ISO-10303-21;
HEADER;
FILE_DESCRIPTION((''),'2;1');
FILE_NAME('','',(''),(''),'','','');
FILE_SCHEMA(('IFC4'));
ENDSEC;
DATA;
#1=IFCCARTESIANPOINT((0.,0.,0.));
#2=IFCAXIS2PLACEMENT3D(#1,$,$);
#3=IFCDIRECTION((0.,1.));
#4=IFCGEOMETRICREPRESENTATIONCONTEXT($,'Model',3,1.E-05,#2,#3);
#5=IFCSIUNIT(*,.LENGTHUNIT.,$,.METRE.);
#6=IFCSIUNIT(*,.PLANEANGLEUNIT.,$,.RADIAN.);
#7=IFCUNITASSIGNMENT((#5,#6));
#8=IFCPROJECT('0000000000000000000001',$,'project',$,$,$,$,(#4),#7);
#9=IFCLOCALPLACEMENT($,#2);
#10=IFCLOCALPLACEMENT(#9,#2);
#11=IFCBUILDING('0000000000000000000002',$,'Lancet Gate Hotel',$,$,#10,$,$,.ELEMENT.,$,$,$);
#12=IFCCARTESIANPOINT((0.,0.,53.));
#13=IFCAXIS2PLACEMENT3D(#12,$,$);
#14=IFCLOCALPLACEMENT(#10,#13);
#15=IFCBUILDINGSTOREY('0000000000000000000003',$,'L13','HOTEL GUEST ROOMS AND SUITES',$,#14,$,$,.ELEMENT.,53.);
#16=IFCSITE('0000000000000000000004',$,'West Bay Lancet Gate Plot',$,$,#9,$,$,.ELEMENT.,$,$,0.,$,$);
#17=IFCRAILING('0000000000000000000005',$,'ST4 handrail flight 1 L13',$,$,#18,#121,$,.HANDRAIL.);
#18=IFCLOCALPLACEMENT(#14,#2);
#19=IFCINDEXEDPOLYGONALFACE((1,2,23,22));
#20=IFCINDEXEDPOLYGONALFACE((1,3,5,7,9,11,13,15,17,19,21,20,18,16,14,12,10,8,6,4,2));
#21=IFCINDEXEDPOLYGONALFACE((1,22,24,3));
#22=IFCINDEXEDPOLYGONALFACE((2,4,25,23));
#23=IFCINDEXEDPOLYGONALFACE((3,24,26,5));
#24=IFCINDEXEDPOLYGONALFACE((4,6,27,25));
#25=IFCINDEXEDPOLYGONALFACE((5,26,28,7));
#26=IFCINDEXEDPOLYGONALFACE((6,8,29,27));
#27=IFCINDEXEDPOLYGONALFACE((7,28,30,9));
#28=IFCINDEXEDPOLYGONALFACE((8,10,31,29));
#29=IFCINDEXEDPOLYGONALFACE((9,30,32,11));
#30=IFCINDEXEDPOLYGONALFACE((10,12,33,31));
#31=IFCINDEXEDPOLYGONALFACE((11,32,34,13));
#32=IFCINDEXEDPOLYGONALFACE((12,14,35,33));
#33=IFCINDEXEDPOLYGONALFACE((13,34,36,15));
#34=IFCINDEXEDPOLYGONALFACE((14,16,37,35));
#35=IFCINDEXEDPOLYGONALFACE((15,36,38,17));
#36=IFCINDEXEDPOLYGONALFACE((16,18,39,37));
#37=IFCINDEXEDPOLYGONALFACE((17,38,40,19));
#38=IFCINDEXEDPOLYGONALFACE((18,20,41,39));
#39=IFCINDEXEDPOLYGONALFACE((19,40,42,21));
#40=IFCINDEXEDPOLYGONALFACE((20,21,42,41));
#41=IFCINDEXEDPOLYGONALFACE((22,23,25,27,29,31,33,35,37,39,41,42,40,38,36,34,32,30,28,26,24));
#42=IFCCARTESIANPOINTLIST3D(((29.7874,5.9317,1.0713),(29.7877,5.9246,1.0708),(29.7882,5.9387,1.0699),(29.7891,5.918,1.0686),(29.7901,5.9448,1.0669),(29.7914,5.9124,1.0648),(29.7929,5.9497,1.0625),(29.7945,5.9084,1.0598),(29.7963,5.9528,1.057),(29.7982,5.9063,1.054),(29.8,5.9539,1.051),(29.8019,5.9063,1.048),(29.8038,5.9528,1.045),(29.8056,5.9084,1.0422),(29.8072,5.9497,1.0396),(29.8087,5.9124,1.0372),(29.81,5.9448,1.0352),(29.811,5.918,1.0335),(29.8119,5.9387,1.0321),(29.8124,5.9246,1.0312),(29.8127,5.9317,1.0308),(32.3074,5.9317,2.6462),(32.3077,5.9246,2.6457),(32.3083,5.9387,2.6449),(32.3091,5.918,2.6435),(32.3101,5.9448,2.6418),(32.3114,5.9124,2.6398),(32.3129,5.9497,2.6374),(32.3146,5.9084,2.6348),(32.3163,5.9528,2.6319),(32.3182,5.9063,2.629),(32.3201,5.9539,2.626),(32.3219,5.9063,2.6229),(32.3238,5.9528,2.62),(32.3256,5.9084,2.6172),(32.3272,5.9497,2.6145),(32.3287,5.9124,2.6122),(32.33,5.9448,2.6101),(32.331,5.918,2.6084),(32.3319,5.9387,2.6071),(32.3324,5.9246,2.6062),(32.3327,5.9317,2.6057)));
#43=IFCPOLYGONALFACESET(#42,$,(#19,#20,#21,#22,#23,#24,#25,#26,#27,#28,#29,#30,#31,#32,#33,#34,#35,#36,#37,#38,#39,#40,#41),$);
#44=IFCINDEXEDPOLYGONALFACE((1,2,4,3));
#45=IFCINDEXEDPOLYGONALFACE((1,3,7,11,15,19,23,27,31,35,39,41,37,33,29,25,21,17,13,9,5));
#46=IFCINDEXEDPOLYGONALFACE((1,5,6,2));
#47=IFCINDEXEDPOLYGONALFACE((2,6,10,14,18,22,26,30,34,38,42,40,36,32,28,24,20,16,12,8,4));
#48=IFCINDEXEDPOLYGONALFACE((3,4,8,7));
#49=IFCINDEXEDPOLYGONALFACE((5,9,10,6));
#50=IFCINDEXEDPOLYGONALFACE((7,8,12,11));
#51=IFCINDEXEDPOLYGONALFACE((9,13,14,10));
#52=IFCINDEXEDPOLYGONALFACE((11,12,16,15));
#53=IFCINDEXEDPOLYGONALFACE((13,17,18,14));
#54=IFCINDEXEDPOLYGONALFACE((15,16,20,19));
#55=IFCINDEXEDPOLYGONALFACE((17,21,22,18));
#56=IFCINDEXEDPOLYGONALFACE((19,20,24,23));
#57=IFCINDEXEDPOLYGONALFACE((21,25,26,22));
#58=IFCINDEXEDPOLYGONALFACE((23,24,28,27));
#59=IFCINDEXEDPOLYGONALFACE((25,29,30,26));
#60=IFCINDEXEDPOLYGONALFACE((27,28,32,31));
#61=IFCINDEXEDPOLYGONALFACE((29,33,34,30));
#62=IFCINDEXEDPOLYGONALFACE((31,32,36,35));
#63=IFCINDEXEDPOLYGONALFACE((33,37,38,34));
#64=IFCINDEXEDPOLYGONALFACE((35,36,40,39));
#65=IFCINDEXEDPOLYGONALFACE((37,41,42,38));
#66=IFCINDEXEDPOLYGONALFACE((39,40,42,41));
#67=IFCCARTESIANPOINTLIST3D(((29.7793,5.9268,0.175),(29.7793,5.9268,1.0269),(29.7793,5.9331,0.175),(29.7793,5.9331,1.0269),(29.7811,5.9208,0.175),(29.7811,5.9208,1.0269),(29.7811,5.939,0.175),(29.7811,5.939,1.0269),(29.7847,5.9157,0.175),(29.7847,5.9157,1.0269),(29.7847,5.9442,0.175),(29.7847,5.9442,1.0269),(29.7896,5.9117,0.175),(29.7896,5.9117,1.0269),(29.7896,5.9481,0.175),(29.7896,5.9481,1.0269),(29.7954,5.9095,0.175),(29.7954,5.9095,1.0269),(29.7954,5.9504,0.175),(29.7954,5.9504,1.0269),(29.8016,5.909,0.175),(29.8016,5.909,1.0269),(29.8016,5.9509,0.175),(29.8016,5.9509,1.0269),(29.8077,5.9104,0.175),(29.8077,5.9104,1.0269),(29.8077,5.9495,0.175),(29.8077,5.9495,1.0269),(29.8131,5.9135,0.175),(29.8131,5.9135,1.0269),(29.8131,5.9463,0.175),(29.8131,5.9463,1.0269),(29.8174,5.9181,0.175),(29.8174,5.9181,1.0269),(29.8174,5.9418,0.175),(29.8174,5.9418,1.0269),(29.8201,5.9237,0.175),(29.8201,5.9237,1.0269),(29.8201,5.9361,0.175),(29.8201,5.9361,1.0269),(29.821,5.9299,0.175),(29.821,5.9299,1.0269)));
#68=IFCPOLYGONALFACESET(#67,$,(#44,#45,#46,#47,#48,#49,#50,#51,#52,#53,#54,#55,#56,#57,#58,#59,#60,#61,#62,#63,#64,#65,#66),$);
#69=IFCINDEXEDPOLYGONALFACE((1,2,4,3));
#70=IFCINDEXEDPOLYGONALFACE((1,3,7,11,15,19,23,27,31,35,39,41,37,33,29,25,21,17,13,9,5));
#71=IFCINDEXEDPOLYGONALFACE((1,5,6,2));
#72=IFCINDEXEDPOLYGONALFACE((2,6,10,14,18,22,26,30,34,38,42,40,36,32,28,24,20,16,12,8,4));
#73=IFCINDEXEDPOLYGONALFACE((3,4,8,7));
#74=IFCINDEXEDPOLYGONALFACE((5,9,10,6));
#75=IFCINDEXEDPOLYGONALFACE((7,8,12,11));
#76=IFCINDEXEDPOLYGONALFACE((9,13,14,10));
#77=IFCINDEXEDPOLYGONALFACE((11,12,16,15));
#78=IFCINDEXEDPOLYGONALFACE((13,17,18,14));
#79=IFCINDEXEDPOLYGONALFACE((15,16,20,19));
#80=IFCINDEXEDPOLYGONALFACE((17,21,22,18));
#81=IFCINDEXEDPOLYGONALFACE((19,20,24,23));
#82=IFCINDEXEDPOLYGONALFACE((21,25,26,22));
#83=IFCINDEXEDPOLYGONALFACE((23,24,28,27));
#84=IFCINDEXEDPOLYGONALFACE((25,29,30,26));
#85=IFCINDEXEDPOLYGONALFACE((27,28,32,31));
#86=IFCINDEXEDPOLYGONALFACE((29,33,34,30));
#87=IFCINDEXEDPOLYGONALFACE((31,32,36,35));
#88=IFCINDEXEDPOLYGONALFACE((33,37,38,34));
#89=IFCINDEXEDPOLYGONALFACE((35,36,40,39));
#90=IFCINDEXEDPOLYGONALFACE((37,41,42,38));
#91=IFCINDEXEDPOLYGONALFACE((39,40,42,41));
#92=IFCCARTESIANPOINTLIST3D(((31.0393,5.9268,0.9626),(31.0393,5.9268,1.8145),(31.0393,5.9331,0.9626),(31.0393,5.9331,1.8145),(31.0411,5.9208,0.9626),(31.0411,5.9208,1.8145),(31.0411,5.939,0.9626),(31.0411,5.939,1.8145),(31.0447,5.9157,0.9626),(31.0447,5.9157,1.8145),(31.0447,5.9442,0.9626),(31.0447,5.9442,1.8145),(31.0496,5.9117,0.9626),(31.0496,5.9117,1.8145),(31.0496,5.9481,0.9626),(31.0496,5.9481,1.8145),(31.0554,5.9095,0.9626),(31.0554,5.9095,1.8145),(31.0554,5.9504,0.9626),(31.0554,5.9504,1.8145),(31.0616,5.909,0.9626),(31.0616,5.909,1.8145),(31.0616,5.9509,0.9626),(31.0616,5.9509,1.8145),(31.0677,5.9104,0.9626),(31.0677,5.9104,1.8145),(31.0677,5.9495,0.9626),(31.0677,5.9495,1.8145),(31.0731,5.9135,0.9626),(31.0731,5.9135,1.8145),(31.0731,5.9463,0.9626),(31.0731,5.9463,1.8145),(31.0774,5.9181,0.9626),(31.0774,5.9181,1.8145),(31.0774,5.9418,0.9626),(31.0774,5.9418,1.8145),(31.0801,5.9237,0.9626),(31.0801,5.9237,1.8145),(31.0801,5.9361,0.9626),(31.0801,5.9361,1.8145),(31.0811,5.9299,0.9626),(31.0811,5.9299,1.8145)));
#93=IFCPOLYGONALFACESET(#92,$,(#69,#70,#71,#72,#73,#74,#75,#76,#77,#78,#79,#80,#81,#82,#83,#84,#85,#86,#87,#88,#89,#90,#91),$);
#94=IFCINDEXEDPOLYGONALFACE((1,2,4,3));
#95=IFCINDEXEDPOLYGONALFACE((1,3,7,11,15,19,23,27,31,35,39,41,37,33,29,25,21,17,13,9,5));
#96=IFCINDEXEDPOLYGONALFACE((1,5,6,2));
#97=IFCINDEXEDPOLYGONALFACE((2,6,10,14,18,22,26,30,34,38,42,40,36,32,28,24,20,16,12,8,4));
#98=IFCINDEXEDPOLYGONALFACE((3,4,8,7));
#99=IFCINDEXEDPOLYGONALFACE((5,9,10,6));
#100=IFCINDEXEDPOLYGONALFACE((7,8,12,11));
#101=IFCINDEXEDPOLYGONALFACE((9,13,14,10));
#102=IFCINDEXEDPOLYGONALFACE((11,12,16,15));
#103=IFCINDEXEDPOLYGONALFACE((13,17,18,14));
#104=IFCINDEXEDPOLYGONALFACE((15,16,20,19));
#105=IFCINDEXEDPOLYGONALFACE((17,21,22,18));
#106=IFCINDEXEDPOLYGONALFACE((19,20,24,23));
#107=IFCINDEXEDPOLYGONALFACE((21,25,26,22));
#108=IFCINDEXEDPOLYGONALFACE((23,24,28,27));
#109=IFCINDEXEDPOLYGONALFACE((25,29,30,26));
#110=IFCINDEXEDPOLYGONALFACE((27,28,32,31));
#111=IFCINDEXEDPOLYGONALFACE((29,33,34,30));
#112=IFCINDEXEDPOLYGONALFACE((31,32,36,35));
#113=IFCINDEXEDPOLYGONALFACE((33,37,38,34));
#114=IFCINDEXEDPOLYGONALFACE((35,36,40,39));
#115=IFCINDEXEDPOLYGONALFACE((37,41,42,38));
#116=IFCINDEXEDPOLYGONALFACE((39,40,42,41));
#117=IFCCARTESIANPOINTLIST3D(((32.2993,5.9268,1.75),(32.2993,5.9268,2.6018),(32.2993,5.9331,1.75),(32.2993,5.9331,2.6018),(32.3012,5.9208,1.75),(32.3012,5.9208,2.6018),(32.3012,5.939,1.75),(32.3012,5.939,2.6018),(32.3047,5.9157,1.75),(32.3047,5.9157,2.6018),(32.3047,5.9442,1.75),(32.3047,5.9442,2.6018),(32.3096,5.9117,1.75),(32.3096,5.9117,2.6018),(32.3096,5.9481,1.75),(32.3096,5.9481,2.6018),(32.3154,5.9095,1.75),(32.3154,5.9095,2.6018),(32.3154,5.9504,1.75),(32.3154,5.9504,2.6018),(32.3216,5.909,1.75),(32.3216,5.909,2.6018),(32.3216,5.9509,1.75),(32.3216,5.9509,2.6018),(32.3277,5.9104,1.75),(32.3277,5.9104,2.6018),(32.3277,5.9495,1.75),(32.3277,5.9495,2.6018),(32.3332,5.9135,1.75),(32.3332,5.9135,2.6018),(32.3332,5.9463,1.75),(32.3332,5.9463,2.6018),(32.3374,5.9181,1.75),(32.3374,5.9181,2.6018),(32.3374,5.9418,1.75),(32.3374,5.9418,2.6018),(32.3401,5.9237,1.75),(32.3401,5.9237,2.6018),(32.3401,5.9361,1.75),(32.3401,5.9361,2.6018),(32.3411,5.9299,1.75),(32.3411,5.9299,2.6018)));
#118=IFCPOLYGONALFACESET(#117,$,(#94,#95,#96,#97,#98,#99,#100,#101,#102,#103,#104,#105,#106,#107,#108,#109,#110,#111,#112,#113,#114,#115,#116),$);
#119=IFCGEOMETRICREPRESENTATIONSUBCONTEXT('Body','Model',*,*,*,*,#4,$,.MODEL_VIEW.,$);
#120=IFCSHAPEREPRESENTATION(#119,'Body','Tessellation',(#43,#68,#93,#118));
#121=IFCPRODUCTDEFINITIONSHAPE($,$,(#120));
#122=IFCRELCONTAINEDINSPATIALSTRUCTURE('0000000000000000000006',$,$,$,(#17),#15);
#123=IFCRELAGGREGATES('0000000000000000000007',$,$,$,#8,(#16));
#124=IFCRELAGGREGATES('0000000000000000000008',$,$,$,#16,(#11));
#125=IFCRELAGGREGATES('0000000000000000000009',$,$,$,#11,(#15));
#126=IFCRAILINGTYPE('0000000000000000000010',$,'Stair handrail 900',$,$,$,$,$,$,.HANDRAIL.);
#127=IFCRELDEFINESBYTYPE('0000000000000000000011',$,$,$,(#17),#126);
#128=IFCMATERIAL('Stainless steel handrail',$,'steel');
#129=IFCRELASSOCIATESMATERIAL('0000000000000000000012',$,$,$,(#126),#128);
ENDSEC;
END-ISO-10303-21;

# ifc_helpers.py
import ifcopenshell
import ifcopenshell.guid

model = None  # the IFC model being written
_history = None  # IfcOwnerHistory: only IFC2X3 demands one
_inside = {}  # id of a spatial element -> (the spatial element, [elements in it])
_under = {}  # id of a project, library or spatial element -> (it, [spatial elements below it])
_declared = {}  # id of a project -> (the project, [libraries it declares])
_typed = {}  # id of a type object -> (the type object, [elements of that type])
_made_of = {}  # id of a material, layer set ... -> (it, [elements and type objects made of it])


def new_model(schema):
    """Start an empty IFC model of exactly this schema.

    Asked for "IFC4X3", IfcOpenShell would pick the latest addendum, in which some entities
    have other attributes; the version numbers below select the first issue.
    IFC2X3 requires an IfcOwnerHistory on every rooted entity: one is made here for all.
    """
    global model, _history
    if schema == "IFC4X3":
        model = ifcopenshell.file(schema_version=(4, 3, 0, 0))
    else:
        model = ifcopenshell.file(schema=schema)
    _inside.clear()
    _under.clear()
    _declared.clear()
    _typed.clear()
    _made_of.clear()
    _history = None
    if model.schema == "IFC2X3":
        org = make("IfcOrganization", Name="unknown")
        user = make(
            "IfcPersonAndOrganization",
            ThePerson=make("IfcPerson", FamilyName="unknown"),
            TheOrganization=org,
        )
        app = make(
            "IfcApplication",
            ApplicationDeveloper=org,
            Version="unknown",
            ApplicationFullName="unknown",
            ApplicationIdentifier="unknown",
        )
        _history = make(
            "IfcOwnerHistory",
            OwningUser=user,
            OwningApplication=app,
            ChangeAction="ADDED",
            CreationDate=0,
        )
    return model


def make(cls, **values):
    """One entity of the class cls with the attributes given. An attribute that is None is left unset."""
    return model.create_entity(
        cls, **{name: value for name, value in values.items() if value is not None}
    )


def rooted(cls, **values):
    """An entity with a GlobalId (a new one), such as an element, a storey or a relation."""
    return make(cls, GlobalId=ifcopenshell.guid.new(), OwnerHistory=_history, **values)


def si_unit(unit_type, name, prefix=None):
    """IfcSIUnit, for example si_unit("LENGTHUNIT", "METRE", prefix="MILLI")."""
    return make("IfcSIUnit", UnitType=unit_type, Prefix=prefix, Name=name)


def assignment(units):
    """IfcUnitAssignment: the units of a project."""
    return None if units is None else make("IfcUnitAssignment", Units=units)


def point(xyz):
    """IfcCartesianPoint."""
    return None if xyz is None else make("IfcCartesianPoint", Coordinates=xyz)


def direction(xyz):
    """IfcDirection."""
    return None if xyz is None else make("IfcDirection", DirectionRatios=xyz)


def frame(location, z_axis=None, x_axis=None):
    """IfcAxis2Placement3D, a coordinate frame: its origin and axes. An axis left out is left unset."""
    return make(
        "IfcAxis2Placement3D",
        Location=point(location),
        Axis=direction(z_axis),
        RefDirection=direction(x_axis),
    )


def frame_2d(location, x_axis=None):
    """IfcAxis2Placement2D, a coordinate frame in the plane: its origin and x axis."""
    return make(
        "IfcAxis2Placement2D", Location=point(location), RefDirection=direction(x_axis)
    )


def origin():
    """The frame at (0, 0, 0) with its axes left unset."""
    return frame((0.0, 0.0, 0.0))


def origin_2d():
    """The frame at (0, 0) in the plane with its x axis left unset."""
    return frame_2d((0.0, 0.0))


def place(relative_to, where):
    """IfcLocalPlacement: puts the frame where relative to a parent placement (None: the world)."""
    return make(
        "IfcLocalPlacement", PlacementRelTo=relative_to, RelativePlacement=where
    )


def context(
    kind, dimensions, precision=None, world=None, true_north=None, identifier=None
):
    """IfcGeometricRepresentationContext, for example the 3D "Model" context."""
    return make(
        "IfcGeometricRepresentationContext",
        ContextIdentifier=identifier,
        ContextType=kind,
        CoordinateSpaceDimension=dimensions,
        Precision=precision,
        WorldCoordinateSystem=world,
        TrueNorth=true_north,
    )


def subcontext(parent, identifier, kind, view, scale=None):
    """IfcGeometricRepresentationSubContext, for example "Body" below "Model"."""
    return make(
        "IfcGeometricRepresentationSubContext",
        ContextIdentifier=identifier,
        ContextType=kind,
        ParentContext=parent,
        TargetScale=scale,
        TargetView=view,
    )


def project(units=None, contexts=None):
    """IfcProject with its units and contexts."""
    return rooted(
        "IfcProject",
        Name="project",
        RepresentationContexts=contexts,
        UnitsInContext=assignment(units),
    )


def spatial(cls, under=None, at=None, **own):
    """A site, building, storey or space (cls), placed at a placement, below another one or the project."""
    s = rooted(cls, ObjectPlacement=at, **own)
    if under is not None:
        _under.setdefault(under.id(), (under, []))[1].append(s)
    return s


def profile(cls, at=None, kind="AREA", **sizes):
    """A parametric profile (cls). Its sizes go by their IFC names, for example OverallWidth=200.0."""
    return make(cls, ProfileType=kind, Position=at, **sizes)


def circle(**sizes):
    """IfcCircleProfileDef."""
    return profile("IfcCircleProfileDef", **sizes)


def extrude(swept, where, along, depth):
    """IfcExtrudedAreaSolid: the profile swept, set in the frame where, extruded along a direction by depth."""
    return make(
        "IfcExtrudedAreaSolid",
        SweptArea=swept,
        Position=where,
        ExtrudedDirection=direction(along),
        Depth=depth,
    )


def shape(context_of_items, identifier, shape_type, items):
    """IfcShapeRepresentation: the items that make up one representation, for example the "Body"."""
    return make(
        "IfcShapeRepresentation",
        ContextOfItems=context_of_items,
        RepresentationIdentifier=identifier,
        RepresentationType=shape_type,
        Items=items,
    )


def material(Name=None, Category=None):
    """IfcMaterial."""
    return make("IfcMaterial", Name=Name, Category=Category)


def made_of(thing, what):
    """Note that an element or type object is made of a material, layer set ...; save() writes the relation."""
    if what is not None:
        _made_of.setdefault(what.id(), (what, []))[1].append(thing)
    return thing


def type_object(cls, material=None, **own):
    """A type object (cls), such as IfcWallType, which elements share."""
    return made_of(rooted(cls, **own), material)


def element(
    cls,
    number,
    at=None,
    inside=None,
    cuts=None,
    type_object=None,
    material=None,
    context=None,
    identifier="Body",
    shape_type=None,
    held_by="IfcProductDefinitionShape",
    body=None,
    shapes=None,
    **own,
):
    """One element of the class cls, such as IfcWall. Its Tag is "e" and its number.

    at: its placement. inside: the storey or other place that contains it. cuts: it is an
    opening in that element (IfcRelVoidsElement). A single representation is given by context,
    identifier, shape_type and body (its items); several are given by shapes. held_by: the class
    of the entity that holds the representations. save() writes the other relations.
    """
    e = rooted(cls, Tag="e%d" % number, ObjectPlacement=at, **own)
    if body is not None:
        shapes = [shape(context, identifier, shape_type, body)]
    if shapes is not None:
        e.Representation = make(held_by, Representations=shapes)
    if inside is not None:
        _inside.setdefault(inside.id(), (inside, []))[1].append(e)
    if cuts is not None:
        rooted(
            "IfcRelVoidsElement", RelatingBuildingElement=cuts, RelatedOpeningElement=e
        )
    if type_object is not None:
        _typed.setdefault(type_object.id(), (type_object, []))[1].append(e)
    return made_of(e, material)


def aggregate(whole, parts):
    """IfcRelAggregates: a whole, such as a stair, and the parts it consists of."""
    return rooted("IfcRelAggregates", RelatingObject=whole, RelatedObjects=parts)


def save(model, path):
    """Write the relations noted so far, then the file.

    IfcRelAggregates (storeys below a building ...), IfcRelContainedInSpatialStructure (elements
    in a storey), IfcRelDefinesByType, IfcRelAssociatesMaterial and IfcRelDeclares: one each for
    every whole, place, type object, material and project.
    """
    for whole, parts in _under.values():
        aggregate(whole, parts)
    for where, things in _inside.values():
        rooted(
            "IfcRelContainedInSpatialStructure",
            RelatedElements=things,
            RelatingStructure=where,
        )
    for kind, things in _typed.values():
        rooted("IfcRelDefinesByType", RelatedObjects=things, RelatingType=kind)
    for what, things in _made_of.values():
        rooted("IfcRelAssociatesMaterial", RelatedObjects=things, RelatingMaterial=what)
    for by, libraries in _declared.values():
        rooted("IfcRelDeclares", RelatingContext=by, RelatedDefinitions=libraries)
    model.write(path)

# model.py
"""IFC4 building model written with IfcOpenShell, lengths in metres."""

from ifc_helpers import new_model, si_unit, direction, frame, origin, origin_2d, place, context, subcontext, project, spatial, circle, extrude, material, type_object, element, save


model = new_model("IFC4")

# Units and contexts
model_context = context("Model", 3, precision=1e-05, world=origin(), true_north=direction((0.0, 1.0)))
body_context = subcontext(model_context, "Body", "Model", "MODEL_VIEW")
ifc_project = project(units=[si_unit("LENGTHUNIT", "METRE"), si_unit("PLANEANGLEUNIT", "RADIAN")], contexts=[model_context])

# Site, building, storey
site_placement = place(None, origin())
site = spatial("IfcSite", under=ifc_project, at=site_placement, Name="West Bay Lancet Gate Plot", CompositionType="ELEMENT", RefElevation=0.0)
building_placement = place(site_placement, origin())
building = spatial("IfcBuilding", under=site, at=building_placement, Name="Lancet Gate Hotel", CompositionType="ELEMENT")
storey_placement = place(building_placement, frame((0.0, 0.0, 53.0)))
storey = spatial("IfcBuildingStorey", under=building, at=storey_placement, Name="L13", Description="HOTEL GUEST ROOMS AND SUITES", CompositionType="ELEMENT", Elevation=53.0)

# Railing
ifc_material_1 = material(Name="Stainless steel handrail", Category="steel")
railing_type = type_object("IfcRailingType", Name="Stair handrail 900", PredefinedType="HANDRAIL", material=ifc_material_1)
railing_1_placement = place(storey_placement, frame((29.8, 5.9299, 0.175)))
element("IfcRailing", 1, at=railing_1_placement, inside=storey, type_object=railing_type, Name="ST4 handrail flight 1 L13", PredefinedType="HANDRAIL", context=body_context, shape_type="SweptSolid", body=[
    extrude(circle(Radius=0.0239, at=origin_2d()), frame((0.0, 0.0, 0.876), z_axis=(0.848008, 0.0, 0.529984), x_axis=(0.0, 1.0, 0.0)), (0.0, 0.0, 1.0), 2.9717),
    extrude(circle(Radius=0.021, at=origin_2d()), origin(), (0.0, 0.0, 1.0), 0.8518),
    extrude(circle(Radius=0.021, at=origin_2d()), frame((1.26, 0.0, 0.7876)), (0.0, 0.0, 1.0), 0.8518),
    extrude(circle(Radius=0.021, at=origin_2d()), frame((2.52, 0.0, 1.575)), (0.0, 0.0, 1.0), 0.8518),
])

save(model, "model.ifc")
